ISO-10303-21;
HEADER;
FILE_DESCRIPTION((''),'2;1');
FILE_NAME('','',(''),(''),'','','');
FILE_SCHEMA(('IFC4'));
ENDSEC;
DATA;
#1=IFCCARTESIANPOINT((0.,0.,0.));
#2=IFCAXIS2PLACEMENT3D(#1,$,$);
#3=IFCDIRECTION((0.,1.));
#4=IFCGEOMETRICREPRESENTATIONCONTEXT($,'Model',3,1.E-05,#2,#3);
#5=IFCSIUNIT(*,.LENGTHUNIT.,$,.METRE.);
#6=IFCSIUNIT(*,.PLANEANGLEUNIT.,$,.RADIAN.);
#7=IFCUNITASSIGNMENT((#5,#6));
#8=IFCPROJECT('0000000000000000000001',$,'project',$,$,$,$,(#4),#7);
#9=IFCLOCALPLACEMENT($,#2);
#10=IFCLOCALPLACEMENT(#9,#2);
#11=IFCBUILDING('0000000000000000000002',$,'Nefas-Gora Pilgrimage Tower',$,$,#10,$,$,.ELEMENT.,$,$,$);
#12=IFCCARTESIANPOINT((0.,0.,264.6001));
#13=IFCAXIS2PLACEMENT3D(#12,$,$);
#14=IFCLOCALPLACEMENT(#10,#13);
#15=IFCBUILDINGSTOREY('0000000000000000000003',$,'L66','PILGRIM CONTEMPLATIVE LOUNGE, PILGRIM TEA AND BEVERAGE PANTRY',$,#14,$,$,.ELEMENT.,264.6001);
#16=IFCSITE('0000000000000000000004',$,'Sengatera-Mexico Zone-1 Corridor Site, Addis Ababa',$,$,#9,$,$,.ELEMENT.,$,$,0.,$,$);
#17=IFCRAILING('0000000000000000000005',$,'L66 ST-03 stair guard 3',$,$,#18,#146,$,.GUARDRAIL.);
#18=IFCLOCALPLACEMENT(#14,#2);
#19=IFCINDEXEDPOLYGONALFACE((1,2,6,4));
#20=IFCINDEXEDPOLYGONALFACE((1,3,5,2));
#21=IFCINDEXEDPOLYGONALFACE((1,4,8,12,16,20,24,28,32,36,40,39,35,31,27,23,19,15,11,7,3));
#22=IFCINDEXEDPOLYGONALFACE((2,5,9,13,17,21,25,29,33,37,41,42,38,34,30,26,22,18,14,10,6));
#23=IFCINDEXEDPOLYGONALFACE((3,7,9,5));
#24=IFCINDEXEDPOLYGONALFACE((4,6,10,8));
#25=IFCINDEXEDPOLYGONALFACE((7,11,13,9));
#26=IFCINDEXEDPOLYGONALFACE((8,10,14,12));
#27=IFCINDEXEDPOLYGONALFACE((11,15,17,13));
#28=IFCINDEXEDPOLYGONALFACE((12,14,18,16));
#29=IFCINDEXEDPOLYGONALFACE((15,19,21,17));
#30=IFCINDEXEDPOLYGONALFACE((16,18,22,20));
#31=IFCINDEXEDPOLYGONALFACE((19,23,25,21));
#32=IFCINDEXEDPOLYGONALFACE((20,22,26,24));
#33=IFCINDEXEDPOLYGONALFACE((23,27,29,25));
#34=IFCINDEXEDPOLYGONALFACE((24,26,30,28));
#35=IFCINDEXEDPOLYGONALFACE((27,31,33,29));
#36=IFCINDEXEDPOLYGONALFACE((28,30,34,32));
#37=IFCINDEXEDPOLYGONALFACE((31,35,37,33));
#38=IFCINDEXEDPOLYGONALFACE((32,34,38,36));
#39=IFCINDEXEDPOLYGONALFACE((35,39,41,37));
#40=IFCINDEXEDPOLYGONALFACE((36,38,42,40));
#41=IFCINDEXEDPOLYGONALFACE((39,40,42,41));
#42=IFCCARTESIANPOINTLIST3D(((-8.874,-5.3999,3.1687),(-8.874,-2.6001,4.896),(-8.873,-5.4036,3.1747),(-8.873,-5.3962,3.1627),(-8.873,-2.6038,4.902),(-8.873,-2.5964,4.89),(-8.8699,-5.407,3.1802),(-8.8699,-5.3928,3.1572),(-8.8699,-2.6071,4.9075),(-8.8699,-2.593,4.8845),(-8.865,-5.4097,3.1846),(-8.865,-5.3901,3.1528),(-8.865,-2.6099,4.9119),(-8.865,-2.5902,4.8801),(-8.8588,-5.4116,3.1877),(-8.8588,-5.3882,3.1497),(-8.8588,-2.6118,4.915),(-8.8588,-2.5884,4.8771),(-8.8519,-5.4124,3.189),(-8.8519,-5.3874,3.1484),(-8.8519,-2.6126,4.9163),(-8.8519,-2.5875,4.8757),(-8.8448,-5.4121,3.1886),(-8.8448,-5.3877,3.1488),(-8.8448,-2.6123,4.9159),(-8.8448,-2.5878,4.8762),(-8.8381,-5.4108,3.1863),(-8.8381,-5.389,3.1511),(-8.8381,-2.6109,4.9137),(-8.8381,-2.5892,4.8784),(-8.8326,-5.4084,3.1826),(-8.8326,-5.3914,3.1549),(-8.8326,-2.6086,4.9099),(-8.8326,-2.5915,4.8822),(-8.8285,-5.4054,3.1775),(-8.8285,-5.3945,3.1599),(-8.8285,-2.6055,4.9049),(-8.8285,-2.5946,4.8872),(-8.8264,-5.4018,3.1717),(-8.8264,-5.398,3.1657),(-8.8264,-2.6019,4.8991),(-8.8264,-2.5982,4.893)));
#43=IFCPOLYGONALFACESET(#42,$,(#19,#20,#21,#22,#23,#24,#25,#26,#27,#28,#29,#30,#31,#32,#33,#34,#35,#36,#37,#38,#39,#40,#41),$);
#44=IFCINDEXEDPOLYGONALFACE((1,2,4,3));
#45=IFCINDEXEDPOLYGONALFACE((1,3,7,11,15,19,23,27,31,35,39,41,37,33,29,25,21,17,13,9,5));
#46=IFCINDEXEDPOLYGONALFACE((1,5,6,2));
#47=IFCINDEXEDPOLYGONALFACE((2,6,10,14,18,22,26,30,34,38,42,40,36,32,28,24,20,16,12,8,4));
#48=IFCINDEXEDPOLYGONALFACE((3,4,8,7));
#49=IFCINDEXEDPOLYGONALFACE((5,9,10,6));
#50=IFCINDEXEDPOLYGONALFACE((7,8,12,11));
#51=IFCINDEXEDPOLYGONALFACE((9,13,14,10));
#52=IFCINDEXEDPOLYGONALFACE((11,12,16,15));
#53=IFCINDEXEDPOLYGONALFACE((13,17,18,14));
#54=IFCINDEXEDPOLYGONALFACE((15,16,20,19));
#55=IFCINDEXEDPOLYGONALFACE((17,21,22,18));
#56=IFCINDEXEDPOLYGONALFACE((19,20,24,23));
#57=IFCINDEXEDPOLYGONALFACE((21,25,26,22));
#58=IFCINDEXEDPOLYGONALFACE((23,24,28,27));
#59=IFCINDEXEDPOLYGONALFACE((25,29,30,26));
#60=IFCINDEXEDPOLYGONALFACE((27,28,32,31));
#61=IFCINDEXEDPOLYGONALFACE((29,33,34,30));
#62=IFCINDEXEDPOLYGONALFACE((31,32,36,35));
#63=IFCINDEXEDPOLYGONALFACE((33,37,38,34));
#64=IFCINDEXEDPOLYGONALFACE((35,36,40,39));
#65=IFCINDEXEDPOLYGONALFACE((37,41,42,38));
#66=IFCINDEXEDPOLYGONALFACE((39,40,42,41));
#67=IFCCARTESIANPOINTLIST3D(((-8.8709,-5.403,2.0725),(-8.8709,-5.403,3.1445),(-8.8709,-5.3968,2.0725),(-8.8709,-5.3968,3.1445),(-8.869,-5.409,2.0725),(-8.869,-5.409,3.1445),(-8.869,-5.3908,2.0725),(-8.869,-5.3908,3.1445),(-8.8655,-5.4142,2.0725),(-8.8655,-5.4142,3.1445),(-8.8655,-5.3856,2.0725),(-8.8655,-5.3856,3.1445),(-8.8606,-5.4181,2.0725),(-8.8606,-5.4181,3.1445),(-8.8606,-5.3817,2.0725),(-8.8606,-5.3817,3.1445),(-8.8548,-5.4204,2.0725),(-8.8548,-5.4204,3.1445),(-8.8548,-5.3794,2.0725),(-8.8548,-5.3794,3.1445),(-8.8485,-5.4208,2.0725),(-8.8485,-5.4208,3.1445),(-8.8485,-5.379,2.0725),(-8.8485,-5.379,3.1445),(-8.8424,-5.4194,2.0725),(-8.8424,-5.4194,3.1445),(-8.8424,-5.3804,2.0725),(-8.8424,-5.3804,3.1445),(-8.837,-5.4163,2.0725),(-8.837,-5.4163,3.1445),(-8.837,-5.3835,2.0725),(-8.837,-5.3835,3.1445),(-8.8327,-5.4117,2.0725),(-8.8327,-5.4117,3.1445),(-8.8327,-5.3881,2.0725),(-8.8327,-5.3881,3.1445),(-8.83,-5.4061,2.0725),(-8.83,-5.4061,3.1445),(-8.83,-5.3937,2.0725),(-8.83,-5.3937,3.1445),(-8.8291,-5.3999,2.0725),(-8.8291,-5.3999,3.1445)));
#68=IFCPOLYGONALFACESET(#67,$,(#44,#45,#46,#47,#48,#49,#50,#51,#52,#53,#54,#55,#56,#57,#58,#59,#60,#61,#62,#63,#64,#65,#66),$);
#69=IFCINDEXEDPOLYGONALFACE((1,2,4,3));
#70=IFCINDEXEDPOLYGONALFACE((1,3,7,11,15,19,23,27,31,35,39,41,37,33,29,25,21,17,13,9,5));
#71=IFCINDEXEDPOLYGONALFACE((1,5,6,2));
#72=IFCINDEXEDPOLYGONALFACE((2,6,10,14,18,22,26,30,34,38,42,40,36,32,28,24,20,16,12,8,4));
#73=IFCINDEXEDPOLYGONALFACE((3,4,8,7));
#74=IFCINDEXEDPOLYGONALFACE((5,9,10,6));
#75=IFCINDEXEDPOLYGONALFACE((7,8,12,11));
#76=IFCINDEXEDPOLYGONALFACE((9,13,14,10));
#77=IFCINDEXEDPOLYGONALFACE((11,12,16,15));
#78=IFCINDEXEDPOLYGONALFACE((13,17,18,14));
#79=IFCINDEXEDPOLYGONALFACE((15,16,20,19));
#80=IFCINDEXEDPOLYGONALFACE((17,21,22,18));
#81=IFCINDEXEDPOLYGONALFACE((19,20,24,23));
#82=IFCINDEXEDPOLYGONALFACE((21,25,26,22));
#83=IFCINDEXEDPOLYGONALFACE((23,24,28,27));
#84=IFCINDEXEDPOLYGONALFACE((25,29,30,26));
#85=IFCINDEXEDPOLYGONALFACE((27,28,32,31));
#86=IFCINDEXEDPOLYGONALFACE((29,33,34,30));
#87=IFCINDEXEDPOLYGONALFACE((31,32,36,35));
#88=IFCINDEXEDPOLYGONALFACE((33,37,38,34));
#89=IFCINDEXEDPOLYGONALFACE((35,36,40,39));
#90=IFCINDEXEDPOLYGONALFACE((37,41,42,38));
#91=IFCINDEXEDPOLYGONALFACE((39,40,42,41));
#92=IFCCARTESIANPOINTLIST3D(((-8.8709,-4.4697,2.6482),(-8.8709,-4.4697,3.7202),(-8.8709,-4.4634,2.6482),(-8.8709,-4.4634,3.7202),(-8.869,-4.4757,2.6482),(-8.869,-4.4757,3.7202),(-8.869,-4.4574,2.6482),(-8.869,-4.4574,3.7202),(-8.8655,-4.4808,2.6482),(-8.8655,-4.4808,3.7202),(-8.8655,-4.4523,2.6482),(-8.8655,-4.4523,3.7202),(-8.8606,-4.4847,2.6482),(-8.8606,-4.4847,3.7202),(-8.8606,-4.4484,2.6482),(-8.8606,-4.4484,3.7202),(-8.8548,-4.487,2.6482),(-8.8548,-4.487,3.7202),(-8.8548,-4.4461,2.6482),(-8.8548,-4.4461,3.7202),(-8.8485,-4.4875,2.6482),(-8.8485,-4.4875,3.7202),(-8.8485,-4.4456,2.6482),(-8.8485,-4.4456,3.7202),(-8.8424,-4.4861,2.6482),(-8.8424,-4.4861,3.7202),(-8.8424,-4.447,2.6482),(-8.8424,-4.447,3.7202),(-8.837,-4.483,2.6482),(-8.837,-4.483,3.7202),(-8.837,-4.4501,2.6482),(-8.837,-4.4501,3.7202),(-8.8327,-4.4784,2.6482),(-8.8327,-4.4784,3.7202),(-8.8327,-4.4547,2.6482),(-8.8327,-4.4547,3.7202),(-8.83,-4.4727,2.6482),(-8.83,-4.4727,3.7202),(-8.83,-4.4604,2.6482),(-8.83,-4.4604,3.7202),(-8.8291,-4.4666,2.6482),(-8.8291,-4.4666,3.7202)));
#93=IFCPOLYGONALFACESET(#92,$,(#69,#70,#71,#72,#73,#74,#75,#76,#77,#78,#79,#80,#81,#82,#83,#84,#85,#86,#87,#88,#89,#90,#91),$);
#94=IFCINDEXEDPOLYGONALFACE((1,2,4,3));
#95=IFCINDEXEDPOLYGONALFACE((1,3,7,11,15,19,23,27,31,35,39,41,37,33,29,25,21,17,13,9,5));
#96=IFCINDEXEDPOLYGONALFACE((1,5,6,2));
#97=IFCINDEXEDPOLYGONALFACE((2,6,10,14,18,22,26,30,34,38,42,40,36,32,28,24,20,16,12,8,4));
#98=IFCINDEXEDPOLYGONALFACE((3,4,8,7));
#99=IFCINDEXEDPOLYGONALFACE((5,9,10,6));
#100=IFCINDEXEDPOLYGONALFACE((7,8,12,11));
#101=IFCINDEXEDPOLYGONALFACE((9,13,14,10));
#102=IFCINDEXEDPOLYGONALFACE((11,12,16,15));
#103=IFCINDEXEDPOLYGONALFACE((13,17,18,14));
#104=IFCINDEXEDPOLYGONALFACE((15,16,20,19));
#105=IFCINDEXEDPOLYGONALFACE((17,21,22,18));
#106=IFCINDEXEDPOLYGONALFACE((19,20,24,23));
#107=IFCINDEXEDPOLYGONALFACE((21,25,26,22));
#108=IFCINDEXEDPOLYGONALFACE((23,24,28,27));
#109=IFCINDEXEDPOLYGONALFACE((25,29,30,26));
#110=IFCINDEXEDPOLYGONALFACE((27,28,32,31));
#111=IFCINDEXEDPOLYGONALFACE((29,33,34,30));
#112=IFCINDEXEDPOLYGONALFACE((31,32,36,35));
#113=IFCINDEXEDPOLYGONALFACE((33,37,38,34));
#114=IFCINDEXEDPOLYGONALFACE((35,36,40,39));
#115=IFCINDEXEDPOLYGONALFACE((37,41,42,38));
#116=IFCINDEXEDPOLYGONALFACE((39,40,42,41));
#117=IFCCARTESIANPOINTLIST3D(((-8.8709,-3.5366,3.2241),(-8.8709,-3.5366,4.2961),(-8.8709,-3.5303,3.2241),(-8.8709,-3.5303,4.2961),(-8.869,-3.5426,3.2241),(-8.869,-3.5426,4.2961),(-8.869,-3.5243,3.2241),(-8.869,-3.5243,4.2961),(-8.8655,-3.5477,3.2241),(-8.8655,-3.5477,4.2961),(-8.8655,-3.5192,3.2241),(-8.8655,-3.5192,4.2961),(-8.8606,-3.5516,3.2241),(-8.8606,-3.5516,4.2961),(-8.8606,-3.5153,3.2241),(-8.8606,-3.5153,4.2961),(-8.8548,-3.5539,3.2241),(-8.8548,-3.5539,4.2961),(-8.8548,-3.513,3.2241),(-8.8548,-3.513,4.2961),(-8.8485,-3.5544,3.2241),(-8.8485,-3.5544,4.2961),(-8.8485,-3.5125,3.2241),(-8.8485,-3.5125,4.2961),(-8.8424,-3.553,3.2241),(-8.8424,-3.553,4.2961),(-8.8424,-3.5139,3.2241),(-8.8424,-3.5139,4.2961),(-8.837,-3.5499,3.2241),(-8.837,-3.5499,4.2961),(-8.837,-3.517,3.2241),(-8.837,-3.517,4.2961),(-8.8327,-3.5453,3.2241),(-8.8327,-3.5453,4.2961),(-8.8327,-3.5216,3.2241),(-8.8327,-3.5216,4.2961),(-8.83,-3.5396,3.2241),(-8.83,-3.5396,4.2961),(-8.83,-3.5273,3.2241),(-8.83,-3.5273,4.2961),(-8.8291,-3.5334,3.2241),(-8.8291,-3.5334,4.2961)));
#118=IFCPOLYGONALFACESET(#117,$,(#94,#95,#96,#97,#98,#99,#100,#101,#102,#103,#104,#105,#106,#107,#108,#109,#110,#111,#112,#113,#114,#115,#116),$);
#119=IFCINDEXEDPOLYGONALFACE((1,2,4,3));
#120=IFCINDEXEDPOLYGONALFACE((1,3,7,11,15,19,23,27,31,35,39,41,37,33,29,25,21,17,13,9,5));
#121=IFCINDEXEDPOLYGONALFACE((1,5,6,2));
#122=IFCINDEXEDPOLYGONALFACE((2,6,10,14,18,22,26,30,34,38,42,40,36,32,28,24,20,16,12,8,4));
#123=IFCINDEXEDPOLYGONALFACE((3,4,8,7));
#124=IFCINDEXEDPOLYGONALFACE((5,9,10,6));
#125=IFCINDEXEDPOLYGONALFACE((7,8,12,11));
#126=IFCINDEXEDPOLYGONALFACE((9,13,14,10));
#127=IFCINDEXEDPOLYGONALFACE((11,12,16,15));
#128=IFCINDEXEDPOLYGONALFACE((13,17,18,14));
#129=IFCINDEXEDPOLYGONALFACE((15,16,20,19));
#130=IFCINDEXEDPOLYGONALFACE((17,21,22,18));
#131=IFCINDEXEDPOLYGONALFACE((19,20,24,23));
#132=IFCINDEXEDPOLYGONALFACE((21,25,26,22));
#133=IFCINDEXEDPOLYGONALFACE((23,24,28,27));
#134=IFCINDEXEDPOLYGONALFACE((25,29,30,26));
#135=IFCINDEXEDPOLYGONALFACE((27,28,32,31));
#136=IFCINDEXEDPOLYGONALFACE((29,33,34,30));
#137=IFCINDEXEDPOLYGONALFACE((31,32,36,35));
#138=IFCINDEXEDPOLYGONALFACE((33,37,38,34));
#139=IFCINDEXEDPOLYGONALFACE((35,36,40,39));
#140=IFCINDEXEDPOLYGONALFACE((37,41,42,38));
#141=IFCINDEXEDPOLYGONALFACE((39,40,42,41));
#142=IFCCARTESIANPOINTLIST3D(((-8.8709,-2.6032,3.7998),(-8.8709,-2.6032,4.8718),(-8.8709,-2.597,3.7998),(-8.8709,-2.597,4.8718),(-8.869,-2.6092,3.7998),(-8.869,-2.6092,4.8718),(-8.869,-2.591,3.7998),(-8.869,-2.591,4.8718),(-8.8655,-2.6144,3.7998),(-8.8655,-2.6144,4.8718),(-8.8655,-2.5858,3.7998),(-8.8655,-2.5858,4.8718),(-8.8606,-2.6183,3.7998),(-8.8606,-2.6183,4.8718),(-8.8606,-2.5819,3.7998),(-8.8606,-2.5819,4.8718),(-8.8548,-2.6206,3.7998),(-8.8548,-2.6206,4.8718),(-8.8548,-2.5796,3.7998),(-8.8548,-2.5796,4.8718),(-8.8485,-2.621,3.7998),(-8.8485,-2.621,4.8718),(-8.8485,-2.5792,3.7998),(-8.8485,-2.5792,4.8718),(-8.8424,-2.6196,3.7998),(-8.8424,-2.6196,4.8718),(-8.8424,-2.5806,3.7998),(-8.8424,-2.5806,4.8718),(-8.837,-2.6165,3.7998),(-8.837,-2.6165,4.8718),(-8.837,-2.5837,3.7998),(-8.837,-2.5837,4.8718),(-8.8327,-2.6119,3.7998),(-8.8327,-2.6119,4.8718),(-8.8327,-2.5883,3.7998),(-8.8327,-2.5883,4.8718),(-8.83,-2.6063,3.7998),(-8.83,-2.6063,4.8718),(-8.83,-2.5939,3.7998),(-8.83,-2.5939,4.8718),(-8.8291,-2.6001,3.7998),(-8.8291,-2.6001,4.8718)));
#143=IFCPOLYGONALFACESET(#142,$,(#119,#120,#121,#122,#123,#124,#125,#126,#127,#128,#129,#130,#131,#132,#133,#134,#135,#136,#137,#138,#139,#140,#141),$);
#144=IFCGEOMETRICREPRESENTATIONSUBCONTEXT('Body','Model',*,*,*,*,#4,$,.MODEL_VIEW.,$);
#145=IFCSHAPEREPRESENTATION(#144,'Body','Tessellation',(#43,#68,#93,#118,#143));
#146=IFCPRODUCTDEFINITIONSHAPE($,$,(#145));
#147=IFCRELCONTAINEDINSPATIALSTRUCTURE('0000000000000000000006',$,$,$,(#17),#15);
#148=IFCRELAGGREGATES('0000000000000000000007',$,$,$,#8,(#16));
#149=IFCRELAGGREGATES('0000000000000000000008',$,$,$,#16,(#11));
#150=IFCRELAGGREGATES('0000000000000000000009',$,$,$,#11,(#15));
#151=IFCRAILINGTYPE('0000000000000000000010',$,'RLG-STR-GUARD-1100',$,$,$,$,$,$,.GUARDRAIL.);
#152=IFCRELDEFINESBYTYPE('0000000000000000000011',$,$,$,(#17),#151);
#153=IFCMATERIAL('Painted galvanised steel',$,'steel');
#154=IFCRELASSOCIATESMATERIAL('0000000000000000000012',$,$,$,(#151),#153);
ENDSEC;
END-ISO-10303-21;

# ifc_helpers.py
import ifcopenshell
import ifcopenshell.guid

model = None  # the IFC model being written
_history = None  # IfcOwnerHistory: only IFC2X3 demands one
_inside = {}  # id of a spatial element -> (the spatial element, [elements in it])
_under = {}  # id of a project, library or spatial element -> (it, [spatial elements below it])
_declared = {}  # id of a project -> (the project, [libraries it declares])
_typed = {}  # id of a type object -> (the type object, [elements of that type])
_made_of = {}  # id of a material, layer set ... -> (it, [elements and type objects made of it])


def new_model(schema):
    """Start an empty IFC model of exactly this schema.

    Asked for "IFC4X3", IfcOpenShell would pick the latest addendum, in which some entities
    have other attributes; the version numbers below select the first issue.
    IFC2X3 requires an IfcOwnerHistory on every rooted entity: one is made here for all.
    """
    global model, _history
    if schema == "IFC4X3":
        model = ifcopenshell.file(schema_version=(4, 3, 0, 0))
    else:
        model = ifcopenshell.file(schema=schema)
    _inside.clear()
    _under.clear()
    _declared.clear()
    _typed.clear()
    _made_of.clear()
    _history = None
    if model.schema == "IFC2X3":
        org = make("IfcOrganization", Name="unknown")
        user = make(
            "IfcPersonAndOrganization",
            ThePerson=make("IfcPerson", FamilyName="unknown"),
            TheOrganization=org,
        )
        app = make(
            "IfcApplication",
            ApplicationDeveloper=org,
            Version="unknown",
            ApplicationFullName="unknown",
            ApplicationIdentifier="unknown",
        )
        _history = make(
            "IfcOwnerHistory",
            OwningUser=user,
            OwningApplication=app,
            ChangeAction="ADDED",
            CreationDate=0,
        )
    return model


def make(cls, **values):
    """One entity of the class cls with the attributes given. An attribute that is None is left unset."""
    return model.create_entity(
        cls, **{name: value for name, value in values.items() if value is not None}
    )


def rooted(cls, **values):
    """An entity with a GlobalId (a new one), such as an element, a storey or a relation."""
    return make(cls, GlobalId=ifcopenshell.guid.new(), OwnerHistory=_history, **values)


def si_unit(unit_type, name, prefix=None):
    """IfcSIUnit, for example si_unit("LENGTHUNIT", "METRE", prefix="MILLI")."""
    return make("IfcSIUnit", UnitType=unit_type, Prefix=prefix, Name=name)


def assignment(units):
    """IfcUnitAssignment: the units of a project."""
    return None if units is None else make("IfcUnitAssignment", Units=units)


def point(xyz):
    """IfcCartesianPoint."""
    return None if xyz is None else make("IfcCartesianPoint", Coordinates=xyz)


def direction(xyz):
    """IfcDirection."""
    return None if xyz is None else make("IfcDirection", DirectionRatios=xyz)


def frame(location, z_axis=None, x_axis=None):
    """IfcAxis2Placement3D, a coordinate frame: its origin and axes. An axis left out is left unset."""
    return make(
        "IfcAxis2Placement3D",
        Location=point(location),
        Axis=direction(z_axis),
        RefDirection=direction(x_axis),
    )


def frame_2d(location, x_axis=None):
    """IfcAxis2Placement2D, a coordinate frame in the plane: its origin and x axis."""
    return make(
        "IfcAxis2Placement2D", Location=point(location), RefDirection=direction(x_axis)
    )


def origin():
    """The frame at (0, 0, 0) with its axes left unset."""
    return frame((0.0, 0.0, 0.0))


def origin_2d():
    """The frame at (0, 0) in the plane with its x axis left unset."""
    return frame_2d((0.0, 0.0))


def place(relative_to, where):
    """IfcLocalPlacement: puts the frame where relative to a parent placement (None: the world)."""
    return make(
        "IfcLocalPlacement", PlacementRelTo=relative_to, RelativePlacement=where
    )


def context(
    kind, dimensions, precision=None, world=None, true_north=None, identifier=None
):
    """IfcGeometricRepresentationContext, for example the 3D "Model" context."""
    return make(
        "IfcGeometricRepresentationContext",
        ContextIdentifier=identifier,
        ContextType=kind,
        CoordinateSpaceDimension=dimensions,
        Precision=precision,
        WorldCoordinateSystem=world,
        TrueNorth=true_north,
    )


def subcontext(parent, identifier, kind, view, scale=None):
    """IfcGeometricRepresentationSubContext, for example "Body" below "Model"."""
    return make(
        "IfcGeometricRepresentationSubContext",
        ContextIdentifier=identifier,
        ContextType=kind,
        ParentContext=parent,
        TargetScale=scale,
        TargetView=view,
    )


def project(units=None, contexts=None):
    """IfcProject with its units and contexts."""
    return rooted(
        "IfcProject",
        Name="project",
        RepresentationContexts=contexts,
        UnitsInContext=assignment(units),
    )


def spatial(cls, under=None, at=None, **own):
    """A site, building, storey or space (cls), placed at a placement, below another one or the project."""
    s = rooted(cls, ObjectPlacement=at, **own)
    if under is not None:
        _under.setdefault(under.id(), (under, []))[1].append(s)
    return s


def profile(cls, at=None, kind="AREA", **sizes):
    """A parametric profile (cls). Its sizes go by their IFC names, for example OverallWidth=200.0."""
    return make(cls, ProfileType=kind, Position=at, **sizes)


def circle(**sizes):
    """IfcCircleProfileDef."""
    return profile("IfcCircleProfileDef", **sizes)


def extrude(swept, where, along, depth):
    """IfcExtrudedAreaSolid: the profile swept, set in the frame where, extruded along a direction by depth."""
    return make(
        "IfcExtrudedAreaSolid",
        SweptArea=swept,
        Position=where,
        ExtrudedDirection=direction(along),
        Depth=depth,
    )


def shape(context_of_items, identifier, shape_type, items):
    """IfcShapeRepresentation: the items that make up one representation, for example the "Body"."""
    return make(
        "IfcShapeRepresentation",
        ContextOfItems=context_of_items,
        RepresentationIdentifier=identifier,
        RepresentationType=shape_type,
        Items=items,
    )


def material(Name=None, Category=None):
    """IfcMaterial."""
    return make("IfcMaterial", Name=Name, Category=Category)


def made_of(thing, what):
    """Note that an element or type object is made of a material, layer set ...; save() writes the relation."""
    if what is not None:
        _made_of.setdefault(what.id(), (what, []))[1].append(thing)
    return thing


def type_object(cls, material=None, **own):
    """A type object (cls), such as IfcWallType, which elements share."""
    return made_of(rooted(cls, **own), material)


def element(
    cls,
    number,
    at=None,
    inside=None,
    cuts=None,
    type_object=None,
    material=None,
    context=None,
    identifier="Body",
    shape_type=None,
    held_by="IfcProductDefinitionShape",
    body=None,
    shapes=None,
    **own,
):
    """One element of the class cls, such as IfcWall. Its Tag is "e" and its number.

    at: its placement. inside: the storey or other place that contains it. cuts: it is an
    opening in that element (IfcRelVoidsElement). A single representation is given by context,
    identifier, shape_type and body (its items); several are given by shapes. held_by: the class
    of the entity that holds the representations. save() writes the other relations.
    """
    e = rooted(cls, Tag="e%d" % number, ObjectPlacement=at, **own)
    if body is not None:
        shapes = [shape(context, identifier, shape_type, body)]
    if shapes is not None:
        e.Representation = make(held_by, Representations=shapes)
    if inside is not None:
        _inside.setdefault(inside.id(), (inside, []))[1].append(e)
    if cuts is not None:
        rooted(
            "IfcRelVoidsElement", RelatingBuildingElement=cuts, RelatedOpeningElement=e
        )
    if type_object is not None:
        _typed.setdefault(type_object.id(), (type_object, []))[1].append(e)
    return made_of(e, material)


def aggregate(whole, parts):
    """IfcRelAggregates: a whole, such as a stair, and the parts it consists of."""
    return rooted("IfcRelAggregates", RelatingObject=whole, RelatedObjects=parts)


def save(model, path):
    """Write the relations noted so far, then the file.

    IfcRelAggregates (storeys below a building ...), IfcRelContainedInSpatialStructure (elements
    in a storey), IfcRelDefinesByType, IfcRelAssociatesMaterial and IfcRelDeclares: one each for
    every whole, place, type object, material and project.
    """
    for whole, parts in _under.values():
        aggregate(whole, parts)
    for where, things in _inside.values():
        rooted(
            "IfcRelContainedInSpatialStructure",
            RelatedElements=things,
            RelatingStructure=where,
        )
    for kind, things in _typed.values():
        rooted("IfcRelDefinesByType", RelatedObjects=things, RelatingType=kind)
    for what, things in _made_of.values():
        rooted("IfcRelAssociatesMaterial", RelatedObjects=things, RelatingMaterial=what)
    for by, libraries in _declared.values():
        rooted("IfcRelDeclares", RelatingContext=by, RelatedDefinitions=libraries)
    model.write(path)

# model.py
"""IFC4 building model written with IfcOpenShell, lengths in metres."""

from ifc_helpers import new_model, si_unit, direction, frame, origin, origin_2d, place, context, subcontext, project, spatial, circle, extrude, material, type_object, element, save


model = new_model("IFC4")

# Units and contexts
model_context = context("Model", 3, precision=1e-05, world=origin(), true_north=direction((0.0, 1.0)))
body_context = subcontext(model_context, "Body", "Model", "MODEL_VIEW")
ifc_project = project(units=[si_unit("LENGTHUNIT", "METRE"), si_unit("PLANEANGLEUNIT", "RADIAN")], contexts=[model_context])

# Site, building, storey
site_placement = place(None, origin())
site = spatial("IfcSite", under=ifc_project, at=site_placement, Name="Sengatera-Mexico Zone-1 Corridor Site, Addis Ababa", CompositionType="ELEMENT", RefElevation=0.0)
building_placement = place(site_placement, origin())
building = spatial("IfcBuilding", under=site, at=building_placement, Name="Nefas-Gora Pilgrimage Tower", CompositionType="ELEMENT")
storey_placement = place(building_placement, frame((0.0, 0.0, 264.6001)))
storey = spatial("IfcBuildingStorey", under=building, at=storey_placement, Name="L66", Description="PILGRIM CONTEMPLATIVE LOUNGE, PILGRIM TEA AND BEVERAGE PANTRY", CompositionType="ELEMENT", Elevation=264.6001)

# Railing
ifc_material_1 = material(Name="Painted galvanised steel", Category="steel")
railing_type_1 = type_object("IfcRailingType", Name="RLG-STR-GUARD-1100", PredefinedType="GUARDRAIL", material=ifc_material_1)
railing_1_placement = place(storey_placement, frame((-8.8501, -5.3999, 2.0725)))
element("IfcRailing", 1, at=railing_1_placement, inside=storey, type_object=railing_type_1, Name="L66 ST-03 stair guard 3", PredefinedType="GUARDRAIL", context=body_context, shape_type="SweptSolid", body=[
    extrude(circle(Radius=0.0239, at=origin_2d()), frame((0.0, 0.0, 1.0962), z_axis=(0.0, 0.851069, 0.525054), x_axis=(-1.0, 0.0, 0.0)), (0.0, 0.0, 1.0), 3.2898),
    extrude(circle(Radius=0.021, at=origin_2d()), origin(), (0.0, 0.0, 1.0), 1.072),
    extrude(circle(Radius=0.021, at=origin_2d()), frame((0.0, 0.9333, 0.5757)), (0.0, 0.0, 1.0), 1.072),
    extrude(circle(Radius=0.021, at=origin_2d()), frame((0.0, 1.8665, 1.1516)), (0.0, 0.0, 1.0), 1.072),
    extrude(circle(Radius=0.021, at=origin_2d()), frame((0.0, 2.7998, 1.7273)), (0.0, 0.0, 1.0), 1.072),
])

save(model, "model.ifc")
